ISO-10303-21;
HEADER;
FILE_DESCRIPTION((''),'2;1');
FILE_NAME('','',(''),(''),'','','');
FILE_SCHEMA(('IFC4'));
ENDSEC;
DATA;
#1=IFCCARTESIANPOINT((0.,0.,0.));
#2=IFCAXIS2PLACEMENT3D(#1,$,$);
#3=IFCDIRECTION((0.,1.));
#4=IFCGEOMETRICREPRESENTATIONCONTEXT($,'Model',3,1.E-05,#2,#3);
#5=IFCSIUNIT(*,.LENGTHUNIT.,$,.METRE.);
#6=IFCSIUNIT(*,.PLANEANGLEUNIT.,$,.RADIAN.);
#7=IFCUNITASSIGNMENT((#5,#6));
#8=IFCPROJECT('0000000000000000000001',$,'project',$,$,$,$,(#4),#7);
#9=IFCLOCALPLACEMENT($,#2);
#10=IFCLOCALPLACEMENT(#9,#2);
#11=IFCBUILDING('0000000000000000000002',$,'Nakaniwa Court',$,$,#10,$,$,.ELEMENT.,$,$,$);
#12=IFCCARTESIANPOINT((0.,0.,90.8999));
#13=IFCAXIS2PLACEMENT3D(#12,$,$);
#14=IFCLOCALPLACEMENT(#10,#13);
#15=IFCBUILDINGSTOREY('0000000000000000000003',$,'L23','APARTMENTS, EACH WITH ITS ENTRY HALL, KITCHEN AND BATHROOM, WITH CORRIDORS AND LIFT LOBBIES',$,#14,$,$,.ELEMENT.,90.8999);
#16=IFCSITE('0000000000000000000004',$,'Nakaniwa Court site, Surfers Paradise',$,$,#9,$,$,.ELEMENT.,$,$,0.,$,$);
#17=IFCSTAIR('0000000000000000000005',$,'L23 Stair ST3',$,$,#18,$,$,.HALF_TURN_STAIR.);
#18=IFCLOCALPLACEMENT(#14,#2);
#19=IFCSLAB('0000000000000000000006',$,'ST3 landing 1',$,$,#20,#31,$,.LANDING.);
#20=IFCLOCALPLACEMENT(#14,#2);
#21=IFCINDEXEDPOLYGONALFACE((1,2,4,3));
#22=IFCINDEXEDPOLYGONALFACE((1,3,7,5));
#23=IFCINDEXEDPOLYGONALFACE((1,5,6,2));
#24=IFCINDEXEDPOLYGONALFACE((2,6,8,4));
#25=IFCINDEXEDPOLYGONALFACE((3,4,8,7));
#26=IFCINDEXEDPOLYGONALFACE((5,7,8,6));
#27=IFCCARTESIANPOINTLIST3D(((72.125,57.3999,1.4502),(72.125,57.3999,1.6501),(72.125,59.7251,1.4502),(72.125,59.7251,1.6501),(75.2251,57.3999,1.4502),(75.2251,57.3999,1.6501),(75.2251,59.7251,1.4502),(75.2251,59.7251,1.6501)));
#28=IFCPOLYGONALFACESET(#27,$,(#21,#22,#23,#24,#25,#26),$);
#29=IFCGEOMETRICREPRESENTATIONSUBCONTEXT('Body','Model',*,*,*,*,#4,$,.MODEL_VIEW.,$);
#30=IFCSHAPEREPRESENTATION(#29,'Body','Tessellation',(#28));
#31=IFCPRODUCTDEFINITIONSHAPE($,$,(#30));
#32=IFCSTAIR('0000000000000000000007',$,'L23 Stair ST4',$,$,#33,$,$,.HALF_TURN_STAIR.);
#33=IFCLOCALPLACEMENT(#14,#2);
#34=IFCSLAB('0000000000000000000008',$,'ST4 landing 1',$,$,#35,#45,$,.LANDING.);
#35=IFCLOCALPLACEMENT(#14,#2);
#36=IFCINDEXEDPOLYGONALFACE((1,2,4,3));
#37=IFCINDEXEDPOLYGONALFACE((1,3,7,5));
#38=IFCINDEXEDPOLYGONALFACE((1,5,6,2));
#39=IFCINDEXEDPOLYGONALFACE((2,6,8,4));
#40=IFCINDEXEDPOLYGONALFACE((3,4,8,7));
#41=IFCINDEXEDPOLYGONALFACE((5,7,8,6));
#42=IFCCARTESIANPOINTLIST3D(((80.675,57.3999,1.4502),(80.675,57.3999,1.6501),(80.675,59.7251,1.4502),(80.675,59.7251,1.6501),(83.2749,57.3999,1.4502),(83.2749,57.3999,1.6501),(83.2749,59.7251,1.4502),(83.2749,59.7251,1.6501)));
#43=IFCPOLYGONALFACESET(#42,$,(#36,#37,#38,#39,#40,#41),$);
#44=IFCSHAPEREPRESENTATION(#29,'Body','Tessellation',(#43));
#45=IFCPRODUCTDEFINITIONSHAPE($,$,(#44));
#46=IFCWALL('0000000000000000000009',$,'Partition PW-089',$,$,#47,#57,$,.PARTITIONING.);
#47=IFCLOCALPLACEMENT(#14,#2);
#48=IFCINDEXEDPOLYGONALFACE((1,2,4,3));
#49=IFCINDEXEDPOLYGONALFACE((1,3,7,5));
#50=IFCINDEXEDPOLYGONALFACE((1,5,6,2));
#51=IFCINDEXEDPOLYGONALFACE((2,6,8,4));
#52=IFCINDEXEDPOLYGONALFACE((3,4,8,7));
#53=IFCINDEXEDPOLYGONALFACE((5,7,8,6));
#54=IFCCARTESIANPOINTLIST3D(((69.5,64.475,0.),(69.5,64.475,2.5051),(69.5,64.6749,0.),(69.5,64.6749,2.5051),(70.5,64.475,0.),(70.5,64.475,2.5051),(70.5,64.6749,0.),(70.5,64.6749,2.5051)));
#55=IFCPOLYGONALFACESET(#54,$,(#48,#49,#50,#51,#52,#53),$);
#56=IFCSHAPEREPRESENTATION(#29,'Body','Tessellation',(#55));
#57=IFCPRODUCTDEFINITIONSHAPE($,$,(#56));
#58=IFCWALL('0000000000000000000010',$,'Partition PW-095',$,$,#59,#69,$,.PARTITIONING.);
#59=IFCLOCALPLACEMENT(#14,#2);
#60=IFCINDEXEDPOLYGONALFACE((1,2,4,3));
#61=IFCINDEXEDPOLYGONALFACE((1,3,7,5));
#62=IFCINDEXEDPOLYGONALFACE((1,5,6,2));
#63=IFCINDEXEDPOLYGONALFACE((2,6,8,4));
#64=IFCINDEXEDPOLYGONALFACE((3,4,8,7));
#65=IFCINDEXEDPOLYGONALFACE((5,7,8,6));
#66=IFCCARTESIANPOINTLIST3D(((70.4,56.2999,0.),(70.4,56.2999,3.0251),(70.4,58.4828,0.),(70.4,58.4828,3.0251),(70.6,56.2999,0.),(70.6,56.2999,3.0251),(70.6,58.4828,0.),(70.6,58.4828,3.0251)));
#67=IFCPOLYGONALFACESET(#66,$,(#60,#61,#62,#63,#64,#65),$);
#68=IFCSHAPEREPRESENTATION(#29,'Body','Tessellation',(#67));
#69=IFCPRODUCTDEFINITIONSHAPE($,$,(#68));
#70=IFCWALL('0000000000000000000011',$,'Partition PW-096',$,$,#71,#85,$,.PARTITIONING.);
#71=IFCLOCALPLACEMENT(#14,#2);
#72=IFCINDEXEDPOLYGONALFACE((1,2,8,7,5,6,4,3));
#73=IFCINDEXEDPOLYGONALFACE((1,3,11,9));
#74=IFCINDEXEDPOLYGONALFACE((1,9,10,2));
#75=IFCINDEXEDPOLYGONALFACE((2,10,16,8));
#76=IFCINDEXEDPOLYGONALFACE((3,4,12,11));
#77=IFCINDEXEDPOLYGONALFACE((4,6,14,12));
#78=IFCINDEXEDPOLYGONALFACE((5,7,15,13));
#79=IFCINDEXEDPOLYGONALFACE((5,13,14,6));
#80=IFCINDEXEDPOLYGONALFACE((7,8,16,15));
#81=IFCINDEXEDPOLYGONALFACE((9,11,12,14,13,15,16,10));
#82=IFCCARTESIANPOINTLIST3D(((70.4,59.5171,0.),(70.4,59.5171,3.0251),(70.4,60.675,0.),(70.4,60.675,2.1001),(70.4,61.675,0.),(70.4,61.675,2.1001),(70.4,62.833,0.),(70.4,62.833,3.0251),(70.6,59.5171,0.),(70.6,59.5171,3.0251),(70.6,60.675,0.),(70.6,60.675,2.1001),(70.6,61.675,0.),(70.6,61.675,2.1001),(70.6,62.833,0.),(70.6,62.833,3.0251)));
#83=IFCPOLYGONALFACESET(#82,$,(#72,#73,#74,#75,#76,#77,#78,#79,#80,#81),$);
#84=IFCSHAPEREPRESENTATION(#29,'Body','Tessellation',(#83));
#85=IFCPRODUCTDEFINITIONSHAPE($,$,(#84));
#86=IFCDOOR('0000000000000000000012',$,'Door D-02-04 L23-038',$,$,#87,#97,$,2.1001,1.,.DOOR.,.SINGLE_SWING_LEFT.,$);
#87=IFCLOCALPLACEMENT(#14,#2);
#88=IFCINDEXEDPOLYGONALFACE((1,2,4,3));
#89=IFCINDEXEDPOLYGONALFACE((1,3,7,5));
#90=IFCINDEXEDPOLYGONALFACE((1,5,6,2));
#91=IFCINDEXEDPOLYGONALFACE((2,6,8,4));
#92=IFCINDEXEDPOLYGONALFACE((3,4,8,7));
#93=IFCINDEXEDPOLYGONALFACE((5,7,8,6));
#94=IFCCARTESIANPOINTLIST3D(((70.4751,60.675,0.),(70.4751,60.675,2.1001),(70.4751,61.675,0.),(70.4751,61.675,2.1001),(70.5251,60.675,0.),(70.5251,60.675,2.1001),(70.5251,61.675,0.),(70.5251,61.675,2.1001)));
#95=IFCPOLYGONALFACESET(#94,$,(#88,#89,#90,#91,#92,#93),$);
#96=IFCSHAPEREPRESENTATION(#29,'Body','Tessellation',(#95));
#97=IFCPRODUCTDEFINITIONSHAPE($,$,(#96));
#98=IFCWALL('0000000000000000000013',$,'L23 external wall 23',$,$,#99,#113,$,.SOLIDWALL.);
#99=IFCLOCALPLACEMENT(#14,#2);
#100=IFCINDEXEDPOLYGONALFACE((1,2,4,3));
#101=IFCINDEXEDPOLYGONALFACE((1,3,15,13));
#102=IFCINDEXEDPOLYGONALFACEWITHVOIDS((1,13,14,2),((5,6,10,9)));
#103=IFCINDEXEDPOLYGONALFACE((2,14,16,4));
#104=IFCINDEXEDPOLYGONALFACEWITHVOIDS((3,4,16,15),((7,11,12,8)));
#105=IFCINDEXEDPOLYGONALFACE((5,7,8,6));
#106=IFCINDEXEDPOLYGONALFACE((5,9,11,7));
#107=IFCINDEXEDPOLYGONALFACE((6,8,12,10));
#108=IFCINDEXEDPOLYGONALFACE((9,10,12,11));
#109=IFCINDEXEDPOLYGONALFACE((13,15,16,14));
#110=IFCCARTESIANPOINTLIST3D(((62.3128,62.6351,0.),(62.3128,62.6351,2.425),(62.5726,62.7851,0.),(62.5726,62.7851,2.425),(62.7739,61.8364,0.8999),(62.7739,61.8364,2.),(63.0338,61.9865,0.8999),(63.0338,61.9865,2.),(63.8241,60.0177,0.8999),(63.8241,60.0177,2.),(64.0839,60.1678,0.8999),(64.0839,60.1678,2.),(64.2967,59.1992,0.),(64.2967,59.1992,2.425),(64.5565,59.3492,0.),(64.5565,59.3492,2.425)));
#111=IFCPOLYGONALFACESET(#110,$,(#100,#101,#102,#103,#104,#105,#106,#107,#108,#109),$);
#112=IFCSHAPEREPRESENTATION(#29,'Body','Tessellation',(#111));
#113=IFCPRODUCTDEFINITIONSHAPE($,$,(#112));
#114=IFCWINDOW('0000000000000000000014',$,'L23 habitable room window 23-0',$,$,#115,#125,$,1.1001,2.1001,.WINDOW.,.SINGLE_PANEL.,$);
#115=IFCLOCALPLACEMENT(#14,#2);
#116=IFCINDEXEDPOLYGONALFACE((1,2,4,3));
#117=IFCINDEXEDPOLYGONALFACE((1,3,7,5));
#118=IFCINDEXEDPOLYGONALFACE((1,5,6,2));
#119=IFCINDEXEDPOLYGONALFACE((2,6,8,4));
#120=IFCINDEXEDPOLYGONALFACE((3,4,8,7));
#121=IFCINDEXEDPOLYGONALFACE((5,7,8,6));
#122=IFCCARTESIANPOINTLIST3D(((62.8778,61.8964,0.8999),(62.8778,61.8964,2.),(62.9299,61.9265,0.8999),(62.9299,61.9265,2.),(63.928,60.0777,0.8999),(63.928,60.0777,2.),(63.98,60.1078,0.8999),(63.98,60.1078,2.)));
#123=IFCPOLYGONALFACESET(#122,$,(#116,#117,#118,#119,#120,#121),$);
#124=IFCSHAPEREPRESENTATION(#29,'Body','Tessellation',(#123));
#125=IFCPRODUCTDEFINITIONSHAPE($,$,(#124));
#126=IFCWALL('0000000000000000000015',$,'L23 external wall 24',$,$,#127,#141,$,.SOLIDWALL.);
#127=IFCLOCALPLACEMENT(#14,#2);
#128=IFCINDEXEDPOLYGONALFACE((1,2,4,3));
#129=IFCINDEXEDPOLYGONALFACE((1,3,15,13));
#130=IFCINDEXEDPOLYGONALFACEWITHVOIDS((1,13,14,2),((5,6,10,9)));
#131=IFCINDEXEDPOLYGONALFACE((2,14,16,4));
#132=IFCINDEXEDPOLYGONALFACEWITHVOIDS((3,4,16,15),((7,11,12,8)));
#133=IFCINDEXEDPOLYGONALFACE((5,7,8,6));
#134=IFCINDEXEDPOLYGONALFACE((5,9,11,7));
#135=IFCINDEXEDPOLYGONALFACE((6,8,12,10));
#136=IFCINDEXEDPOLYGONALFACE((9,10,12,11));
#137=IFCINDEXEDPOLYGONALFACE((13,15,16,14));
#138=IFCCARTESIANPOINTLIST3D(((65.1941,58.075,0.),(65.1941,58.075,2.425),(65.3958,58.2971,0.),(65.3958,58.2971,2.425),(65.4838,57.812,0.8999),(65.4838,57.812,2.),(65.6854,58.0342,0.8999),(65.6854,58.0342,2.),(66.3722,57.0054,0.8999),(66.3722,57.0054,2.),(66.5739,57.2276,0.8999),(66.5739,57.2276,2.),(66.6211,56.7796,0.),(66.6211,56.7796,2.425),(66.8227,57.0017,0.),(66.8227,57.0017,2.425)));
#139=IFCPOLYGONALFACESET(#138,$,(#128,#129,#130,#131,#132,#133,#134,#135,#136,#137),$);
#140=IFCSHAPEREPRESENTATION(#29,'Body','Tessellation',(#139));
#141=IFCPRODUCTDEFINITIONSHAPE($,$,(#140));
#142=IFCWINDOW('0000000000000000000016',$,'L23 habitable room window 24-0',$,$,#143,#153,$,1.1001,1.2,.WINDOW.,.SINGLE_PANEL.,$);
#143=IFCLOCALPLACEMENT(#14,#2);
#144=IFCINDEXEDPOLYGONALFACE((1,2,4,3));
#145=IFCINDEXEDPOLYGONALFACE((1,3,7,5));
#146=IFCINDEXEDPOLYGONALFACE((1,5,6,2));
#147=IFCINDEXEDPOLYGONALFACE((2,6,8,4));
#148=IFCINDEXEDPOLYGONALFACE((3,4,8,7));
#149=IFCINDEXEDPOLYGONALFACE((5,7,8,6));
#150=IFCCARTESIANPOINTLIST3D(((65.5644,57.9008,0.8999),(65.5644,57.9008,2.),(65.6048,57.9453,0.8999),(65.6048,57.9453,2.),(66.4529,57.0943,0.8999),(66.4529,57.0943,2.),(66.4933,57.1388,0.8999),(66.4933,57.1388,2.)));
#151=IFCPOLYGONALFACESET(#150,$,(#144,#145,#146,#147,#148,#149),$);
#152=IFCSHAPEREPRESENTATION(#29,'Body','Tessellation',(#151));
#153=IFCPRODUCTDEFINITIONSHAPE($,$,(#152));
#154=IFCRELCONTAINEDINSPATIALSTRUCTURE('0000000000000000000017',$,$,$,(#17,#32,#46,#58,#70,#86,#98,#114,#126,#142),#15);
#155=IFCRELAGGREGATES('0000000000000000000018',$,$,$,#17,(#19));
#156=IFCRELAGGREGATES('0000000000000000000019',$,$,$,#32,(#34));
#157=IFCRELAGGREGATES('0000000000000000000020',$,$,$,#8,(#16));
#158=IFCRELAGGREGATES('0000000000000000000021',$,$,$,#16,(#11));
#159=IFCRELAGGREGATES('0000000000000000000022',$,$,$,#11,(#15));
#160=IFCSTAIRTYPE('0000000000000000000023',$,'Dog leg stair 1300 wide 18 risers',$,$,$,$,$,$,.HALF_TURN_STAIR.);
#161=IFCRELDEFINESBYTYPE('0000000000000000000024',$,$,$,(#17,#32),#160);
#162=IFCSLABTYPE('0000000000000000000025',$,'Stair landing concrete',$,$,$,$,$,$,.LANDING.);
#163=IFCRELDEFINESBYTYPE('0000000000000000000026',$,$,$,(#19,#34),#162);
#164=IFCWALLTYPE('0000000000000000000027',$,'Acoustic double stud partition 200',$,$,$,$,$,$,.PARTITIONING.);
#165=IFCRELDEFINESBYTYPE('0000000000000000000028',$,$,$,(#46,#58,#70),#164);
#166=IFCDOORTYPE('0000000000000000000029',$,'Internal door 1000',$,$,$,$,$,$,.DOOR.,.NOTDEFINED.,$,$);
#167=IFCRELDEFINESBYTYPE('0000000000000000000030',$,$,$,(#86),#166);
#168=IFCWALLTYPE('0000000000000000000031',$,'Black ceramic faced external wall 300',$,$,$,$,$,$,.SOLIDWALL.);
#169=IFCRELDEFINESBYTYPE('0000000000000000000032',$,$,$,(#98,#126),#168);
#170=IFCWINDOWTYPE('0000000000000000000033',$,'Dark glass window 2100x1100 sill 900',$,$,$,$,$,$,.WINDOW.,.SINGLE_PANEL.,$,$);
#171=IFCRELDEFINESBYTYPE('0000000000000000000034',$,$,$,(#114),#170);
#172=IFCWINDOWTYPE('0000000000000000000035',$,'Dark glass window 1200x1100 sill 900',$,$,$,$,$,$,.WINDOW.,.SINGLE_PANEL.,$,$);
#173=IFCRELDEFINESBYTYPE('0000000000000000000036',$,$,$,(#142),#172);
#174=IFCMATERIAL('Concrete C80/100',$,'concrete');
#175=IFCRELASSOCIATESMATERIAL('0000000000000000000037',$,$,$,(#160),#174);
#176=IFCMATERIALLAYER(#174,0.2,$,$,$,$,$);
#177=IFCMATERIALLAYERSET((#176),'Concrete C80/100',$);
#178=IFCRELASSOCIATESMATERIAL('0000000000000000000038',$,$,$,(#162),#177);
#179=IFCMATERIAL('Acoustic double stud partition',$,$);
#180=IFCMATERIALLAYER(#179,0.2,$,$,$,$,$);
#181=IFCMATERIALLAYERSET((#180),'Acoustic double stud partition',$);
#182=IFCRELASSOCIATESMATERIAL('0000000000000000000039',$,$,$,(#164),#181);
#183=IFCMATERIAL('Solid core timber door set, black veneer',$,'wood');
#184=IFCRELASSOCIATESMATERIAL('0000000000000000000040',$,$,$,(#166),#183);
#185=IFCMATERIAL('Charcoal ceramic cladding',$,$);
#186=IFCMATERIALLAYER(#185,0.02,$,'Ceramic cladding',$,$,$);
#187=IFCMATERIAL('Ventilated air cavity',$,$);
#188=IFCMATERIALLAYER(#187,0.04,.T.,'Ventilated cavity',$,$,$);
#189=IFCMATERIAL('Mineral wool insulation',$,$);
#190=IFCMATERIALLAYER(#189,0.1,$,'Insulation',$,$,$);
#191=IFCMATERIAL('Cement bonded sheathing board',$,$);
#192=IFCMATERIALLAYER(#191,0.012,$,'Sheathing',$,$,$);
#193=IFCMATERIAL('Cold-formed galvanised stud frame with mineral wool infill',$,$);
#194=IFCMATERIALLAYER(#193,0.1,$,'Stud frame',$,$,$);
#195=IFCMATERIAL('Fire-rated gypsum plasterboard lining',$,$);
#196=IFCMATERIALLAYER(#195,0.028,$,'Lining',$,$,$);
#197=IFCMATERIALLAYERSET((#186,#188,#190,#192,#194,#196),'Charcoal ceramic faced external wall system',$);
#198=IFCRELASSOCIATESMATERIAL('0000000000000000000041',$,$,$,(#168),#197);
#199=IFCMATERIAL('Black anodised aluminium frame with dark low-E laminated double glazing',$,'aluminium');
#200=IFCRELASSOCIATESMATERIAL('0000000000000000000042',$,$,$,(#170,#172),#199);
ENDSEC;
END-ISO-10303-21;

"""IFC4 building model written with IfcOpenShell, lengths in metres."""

from ifc_helpers import new_model, si_unit, direction, frame, frame_2d, origin, place, context, subcontext, project, spatial, polyline, rectangle, outline, extrude, material, layer, layer_set, type_object, element, fill, aggregate, save


model = new_model("IFC4")

# Units and contexts
model_context = context("Model", 3, precision=1e-05, world=origin(), true_north=direction((0.0, 1.0)))
body_context = subcontext(model_context, "Body", "Model", "MODEL_VIEW")
ifc_project = project(units=[si_unit("LENGTHUNIT", "METRE"), si_unit("PLANEANGLEUNIT", "RADIAN")], contexts=[model_context])

# Site, building, storey
site_placement = place(None, origin())
site = spatial("IfcSite", under=ifc_project, at=site_placement, Name="Nakaniwa Court site, Surfers Paradise", CompositionType="ELEMENT", RefElevation=0.0)
building_placement = place(site_placement, origin())
building = spatial("IfcBuilding", under=site, at=building_placement, Name="Nakaniwa Court", CompositionType="ELEMENT")
storey_placement = place(building_placement, frame((0.0, 0.0, 90.8999)))
storey = spatial("IfcBuildingStorey", under=building, at=storey_placement, Name="L23", Description="APARTMENTS, EACH WITH ITS ENTRY HALL, KITCHEN AND BATHROOM, WITH CORRIDORS AND LIFT LOBBIES", CompositionType="ELEMENT", Elevation=90.8999)

# Shared definitions
ifc_material_1 = material(Name="Concrete C80/100", Category="concrete")

# Stairs, slabs
stair_type = type_object("IfcStairType", Name="Dog leg stair 1300 wide 18 risers", PredefinedType="HALF_TURN_STAIR", material=ifc_material_1)
ifc_layer_1 = layer(ifc_material_1, 0.2)
ifc_layer_set_1 = layer_set([ifc_layer_1], Name="Concrete C80/100")
slab_type_1 = type_object("IfcSlabType", Name="Stair landing concrete", PredefinedType="LANDING", material=ifc_layer_set_1)
stair_1_placement = place(storey_placement, origin())
stair_1 = element("IfcStair", 1, at=stair_1_placement, inside=storey, type_object=stair_type, Name="L23 Stair ST3", PredefinedType="HALF_TURN_STAIR")
slab_1_placement = place(storey_placement, frame((0.0, 0.0, 1.4502)))
slab_1 = element("IfcSlab", 2, at=slab_1_placement, type_object=slab_type_1, Name="ST3 landing 1", PredefinedType="LANDING", context=body_context, shape_type="SweptSolid", body=[
    extrude(outline(polyline([(75.2251, 57.3999), (75.2251, 59.7251), (72.125, 59.7251), (72.125, 57.3999), (75.2251, 57.3999)])), origin(), (0.0, 0.0, 1.0), 0.2),
])
aggregate(stair_1, [slab_1])
stair_2_placement = place(storey_placement, origin())
stair_2 = element("IfcStair", 3, at=stair_2_placement, inside=storey, type_object=stair_type, Name="L23 Stair ST4", PredefinedType="HALF_TURN_STAIR")
slab_2_placement = place(storey_placement, frame((0.0, 0.0, 1.4502)))
slab_2 = element("IfcSlab", 4, at=slab_2_placement, type_object=slab_type_1, Name="ST4 landing 1", PredefinedType="LANDING", context=body_context, shape_type="SweptSolid", body=[
    extrude(outline(polyline([(83.2749, 57.3999), (83.2749, 59.7251), (80.675, 59.7251), (80.675, 57.3999), (83.2749, 57.3999)])), origin(), (0.0, 0.0, 1.0), 0.2),
])
aggregate(stair_2, [slab_2])

# Walls
ifc_material_2 = material(Name="Acoustic double stud partition")
ifc_layer_2 = layer(ifc_material_2, 0.2)
ifc_layer_set_2 = layer_set([ifc_layer_2], Name="Acoustic double stud partition")
wall_type_1 = type_object("IfcWallType", Name="Acoustic double stud partition 200", PredefinedType="PARTITIONING", material=ifc_layer_set_2)
wall_1_placement = place(storey_placement, frame((69.5, 64.575, 0.0), z_axis=(0.0, 0.0, 1.0), x_axis=(1.0, 0.0, 0.0)))
element("IfcWall", 5, at=wall_1_placement, inside=storey, type_object=wall_type_1, Name="Partition PW-089", PredefinedType="PARTITIONING", context=body_context, shape_type="SweptSolid", body=[
    extrude(rectangle(XDim=1.0, YDim=0.2, at=frame_2d((0.5, 0.0))), origin(), (0.0, 0.0, 1.0), 2.5051),
])
wall_2_placement = place(storey_placement, frame((70.5, 56.3, 0.0), z_axis=(0.0, 0.0, 1.0), x_axis=(0.0, 1.0, 0.0)))
element("IfcWall", 6, at=wall_2_placement, inside=storey, type_object=wall_type_1, Name="Partition PW-095", PredefinedType="PARTITIONING", context=body_context, shape_type="SweptSolid", body=[
    extrude(rectangle(XDim=2.1829, YDim=0.2, at=frame_2d((1.0913, 0.0))), origin(), (0.0, 0.0, 1.0), 3.0251),
])

# Wall, opening, door
wall_3_placement = place(storey_placement, frame((70.5, 59.5171, 0.0), z_axis=(0.0, 0.0, 1.0), x_axis=(0.0, 1.0, 0.0)))
wall_3 = element("IfcWall", 7, at=wall_3_placement, inside=storey, type_object=wall_type_1, Name="Partition PW-096", PredefinedType="PARTITIONING", context=body_context, shape_type="SweptSolid", body=[
    extrude(rectangle(XDim=3.3159, YDim=0.2, at=frame_2d((1.658, 0.0))), origin(), (0.0, 0.0, 1.0), 3.0251),
])
opening_1_placement = place(wall_3_placement, frame((1.158, 0.0, 0.0)))
opening_1 = element("IfcOpeningElement", 8, at=opening_1_placement, cuts=wall_3, PredefinedType="OPENING", context=body_context, shape_type="SweptSolid", body=[
    extrude(rectangle(XDim=1.0, YDim=2.1001, at=frame_2d((0.5, 1.05))), frame((0.0, 0.1099, 0.0), z_axis=(0.0, -1.0, 0.0), x_axis=(1.0, 0.0, 0.0)), (0.0, 0.0, 1.0), 0.22),
])
ifc_material_3 = material(Name="Solid core timber door set, black veneer", Category="wood")
door_type = type_object("IfcDoorType", Name="Internal door 1000", OperationType="NOTDEFINED", PredefinedType="DOOR", material=ifc_material_3)
door_placement = place(opening_1_placement, origin())
door = element("IfcDoor", 9, at=door_placement, inside=storey, type_object=door_type, Name="Door D-02-04 L23-038", OperationType="SINGLE_SWING_LEFT", OverallHeight=2.1001, OverallWidth=1.0, PredefinedType="DOOR", context=body_context, shape_type="SweptSolid", body=[
    extrude(rectangle(XDim=1.0, YDim=2.1001, at=frame_2d((0.5, 1.05))), frame((0.0, 0.0249, 0.0), z_axis=(0.0, -1.0, 0.0), x_axis=(1.0, 0.0, 0.0)), (0.0, 0.0, 1.0), 0.05),
])
fill(opening_1, door)

# Walls, openings, windows
ifc_material_4 = material(Name="Charcoal ceramic cladding")
ifc_layer_3 = layer(ifc_material_4, 0.02, Name="Ceramic cladding")
ifc_material_5 = material(Name="Ventilated air cavity")
ifc_layer_4 = layer(ifc_material_5, 0.04, ventilated=True, Name="Ventilated cavity")
ifc_material_6 = material(Name="Mineral wool insulation")
ifc_layer_5 = layer(ifc_material_6, 0.1, Name="Insulation")
ifc_material_7 = material(Name="Cement bonded sheathing board")
ifc_layer_6 = layer(ifc_material_7, 0.012, Name="Sheathing")
ifc_material_8 = material(Name="Cold-formed galvanised stud frame with mineral wool infill")
ifc_layer_7 = layer(ifc_material_8, 0.1, Name="Stud frame")
ifc_material_9 = material(Name="Fire-rated gypsum plasterboard lining")
ifc_layer_8 = layer(ifc_material_9, 0.028, Name="Lining")
ifc_layer_set_3 = layer_set([ifc_layer_3, ifc_layer_4, ifc_layer_5, ifc_layer_6, ifc_layer_7, ifc_layer_8], Name="Charcoal ceramic faced external wall system")
wall_type_2 = type_object("IfcWallType", Name="Black ceramic faced external wall 300", PredefinedType="SOLIDWALL", material=ifc_layer_set_3)
wall_4_placement = place(storey_placement, frame((62.4426, 62.7102, 0.0), z_axis=(0.0, 0.0, 1.0), x_axis=(0.500044, -0.866, 0.0)))
wall_4 = element("IfcWall", 10, at=wall_4_placement, inside=storey, type_object=wall_type_2, Name="L23 external wall 23", PredefinedType="SOLIDWALL", context=body_context, shape_type="SweptSolid", body=[
    extrude(rectangle(XDim=3.9675, YDim=0.3, at=frame_2d((1.9839, 0.0))), origin(), (0.0, 0.0, 1.0), 2.425),
])
opening_2_placement = place(wall_4_placement, frame((0.9224, 0.0, 0.8999)))
opening_2 = element("IfcOpeningElement", 11, at=opening_2_placement, cuts=wall_4, PredefinedType="OPENING", context=body_context, shape_type="SweptSolid", body=[
    extrude(rectangle(XDim=2.1001, YDim=1.1001, at=frame_2d((1.05, 0.55))), frame((0.0, 0.1599, 0.0), z_axis=(0.0, -1.0, 0.0), x_axis=(1.0, 0.0, 0.0)), (0.0, 0.0, 1.0), 0.3201),
])
ifc_material_10 = material(Name="Black anodised aluminium frame with dark low-E laminated double glazing", Category="aluminium")
window_type_1 = type_object("IfcWindowType", Name="Dark glass window 2100x1100 sill 900", PartitioningType="SINGLE_PANEL", PredefinedType="WINDOW", material=ifc_material_10)
window_1_placement = place(opening_2_placement, origin())
window_1 = element("IfcWindow", 12, at=window_1_placement, inside=storey, type_object=window_type_1, Name="L23 habitable room window 23-0", OverallHeight=1.1001, OverallWidth=2.1001, PartitioningType="SINGLE_PANEL", PredefinedType="WINDOW", context=body_context, shape_type="SweptSolid", body=[
    extrude(rectangle(XDim=2.1001, YDim=1.1001, at=frame_2d((1.05, 0.55))), frame((0.0, 0.03, 0.0), z_axis=(0.0, -1.0, 0.0), x_axis=(1.0, 0.0, 0.0)), (0.0, 0.0, 1.0), 0.0601),
])
fill(opening_2, window_1)
wall_5_placement = place(storey_placement, frame((65.2949, 58.186, 0.0), z_axis=(0.0, 0.0, 1.0), x_axis=(0.740421, -0.672143, 0.0)))
wall_5 = element("IfcWall", 13, at=wall_5_placement, inside=storey, type_object=wall_type_2, Name="L23 external wall 24", PredefinedType="SOLIDWALL", context=body_context, shape_type="SweptSolid", body=[
    extrude(rectangle(XDim=1.9272, YDim=0.3, at=frame_2d((0.9636, 0.0))), origin(), (0.0, 0.0, 1.0), 2.425),
])
opening_3_placement = place(wall_5_placement, frame((0.3911, 0.0, 0.8999)))
opening_3 = element("IfcOpeningElement", 14, at=opening_3_placement, cuts=wall_5, PredefinedType="OPENING", context=body_context, shape_type="SweptSolid", body=[
    extrude(rectangle(XDim=1.2, YDim=1.1001, at=frame_2d((0.6001, 0.55))), frame((0.0, 0.1599, 0.0), z_axis=(0.0, -1.0, 0.0), x_axis=(1.0, 0.0, 0.0)), (0.0, 0.0, 1.0), 0.3201),
])
window_type_2 = type_object("IfcWindowType", Name="Dark glass window 1200x1100 sill 900", PartitioningType="SINGLE_PANEL", PredefinedType="WINDOW", material=ifc_material_10)
window_2_placement = place(opening_3_placement, origin())
window_2 = element("IfcWindow", 15, at=window_2_placement, inside=storey, type_object=window_type_2, Name="L23 habitable room window 24-0", OverallHeight=1.1001, OverallWidth=1.2, PartitioningType="SINGLE_PANEL", PredefinedType="WINDOW", context=body_context, shape_type="SweptSolid", body=[
    extrude(rectangle(XDim=1.2, YDim=1.1001, at=frame_2d((0.6001, 0.55))), frame((0.0, 0.03, 0.0), z_axis=(0.0, -1.0, 0.0), x_axis=(1.0, 0.0, 0.0)), (0.0, 0.0, 1.0), 0.0601),
])
fill(opening_3, window_2)

save(model, "model.ifc")
